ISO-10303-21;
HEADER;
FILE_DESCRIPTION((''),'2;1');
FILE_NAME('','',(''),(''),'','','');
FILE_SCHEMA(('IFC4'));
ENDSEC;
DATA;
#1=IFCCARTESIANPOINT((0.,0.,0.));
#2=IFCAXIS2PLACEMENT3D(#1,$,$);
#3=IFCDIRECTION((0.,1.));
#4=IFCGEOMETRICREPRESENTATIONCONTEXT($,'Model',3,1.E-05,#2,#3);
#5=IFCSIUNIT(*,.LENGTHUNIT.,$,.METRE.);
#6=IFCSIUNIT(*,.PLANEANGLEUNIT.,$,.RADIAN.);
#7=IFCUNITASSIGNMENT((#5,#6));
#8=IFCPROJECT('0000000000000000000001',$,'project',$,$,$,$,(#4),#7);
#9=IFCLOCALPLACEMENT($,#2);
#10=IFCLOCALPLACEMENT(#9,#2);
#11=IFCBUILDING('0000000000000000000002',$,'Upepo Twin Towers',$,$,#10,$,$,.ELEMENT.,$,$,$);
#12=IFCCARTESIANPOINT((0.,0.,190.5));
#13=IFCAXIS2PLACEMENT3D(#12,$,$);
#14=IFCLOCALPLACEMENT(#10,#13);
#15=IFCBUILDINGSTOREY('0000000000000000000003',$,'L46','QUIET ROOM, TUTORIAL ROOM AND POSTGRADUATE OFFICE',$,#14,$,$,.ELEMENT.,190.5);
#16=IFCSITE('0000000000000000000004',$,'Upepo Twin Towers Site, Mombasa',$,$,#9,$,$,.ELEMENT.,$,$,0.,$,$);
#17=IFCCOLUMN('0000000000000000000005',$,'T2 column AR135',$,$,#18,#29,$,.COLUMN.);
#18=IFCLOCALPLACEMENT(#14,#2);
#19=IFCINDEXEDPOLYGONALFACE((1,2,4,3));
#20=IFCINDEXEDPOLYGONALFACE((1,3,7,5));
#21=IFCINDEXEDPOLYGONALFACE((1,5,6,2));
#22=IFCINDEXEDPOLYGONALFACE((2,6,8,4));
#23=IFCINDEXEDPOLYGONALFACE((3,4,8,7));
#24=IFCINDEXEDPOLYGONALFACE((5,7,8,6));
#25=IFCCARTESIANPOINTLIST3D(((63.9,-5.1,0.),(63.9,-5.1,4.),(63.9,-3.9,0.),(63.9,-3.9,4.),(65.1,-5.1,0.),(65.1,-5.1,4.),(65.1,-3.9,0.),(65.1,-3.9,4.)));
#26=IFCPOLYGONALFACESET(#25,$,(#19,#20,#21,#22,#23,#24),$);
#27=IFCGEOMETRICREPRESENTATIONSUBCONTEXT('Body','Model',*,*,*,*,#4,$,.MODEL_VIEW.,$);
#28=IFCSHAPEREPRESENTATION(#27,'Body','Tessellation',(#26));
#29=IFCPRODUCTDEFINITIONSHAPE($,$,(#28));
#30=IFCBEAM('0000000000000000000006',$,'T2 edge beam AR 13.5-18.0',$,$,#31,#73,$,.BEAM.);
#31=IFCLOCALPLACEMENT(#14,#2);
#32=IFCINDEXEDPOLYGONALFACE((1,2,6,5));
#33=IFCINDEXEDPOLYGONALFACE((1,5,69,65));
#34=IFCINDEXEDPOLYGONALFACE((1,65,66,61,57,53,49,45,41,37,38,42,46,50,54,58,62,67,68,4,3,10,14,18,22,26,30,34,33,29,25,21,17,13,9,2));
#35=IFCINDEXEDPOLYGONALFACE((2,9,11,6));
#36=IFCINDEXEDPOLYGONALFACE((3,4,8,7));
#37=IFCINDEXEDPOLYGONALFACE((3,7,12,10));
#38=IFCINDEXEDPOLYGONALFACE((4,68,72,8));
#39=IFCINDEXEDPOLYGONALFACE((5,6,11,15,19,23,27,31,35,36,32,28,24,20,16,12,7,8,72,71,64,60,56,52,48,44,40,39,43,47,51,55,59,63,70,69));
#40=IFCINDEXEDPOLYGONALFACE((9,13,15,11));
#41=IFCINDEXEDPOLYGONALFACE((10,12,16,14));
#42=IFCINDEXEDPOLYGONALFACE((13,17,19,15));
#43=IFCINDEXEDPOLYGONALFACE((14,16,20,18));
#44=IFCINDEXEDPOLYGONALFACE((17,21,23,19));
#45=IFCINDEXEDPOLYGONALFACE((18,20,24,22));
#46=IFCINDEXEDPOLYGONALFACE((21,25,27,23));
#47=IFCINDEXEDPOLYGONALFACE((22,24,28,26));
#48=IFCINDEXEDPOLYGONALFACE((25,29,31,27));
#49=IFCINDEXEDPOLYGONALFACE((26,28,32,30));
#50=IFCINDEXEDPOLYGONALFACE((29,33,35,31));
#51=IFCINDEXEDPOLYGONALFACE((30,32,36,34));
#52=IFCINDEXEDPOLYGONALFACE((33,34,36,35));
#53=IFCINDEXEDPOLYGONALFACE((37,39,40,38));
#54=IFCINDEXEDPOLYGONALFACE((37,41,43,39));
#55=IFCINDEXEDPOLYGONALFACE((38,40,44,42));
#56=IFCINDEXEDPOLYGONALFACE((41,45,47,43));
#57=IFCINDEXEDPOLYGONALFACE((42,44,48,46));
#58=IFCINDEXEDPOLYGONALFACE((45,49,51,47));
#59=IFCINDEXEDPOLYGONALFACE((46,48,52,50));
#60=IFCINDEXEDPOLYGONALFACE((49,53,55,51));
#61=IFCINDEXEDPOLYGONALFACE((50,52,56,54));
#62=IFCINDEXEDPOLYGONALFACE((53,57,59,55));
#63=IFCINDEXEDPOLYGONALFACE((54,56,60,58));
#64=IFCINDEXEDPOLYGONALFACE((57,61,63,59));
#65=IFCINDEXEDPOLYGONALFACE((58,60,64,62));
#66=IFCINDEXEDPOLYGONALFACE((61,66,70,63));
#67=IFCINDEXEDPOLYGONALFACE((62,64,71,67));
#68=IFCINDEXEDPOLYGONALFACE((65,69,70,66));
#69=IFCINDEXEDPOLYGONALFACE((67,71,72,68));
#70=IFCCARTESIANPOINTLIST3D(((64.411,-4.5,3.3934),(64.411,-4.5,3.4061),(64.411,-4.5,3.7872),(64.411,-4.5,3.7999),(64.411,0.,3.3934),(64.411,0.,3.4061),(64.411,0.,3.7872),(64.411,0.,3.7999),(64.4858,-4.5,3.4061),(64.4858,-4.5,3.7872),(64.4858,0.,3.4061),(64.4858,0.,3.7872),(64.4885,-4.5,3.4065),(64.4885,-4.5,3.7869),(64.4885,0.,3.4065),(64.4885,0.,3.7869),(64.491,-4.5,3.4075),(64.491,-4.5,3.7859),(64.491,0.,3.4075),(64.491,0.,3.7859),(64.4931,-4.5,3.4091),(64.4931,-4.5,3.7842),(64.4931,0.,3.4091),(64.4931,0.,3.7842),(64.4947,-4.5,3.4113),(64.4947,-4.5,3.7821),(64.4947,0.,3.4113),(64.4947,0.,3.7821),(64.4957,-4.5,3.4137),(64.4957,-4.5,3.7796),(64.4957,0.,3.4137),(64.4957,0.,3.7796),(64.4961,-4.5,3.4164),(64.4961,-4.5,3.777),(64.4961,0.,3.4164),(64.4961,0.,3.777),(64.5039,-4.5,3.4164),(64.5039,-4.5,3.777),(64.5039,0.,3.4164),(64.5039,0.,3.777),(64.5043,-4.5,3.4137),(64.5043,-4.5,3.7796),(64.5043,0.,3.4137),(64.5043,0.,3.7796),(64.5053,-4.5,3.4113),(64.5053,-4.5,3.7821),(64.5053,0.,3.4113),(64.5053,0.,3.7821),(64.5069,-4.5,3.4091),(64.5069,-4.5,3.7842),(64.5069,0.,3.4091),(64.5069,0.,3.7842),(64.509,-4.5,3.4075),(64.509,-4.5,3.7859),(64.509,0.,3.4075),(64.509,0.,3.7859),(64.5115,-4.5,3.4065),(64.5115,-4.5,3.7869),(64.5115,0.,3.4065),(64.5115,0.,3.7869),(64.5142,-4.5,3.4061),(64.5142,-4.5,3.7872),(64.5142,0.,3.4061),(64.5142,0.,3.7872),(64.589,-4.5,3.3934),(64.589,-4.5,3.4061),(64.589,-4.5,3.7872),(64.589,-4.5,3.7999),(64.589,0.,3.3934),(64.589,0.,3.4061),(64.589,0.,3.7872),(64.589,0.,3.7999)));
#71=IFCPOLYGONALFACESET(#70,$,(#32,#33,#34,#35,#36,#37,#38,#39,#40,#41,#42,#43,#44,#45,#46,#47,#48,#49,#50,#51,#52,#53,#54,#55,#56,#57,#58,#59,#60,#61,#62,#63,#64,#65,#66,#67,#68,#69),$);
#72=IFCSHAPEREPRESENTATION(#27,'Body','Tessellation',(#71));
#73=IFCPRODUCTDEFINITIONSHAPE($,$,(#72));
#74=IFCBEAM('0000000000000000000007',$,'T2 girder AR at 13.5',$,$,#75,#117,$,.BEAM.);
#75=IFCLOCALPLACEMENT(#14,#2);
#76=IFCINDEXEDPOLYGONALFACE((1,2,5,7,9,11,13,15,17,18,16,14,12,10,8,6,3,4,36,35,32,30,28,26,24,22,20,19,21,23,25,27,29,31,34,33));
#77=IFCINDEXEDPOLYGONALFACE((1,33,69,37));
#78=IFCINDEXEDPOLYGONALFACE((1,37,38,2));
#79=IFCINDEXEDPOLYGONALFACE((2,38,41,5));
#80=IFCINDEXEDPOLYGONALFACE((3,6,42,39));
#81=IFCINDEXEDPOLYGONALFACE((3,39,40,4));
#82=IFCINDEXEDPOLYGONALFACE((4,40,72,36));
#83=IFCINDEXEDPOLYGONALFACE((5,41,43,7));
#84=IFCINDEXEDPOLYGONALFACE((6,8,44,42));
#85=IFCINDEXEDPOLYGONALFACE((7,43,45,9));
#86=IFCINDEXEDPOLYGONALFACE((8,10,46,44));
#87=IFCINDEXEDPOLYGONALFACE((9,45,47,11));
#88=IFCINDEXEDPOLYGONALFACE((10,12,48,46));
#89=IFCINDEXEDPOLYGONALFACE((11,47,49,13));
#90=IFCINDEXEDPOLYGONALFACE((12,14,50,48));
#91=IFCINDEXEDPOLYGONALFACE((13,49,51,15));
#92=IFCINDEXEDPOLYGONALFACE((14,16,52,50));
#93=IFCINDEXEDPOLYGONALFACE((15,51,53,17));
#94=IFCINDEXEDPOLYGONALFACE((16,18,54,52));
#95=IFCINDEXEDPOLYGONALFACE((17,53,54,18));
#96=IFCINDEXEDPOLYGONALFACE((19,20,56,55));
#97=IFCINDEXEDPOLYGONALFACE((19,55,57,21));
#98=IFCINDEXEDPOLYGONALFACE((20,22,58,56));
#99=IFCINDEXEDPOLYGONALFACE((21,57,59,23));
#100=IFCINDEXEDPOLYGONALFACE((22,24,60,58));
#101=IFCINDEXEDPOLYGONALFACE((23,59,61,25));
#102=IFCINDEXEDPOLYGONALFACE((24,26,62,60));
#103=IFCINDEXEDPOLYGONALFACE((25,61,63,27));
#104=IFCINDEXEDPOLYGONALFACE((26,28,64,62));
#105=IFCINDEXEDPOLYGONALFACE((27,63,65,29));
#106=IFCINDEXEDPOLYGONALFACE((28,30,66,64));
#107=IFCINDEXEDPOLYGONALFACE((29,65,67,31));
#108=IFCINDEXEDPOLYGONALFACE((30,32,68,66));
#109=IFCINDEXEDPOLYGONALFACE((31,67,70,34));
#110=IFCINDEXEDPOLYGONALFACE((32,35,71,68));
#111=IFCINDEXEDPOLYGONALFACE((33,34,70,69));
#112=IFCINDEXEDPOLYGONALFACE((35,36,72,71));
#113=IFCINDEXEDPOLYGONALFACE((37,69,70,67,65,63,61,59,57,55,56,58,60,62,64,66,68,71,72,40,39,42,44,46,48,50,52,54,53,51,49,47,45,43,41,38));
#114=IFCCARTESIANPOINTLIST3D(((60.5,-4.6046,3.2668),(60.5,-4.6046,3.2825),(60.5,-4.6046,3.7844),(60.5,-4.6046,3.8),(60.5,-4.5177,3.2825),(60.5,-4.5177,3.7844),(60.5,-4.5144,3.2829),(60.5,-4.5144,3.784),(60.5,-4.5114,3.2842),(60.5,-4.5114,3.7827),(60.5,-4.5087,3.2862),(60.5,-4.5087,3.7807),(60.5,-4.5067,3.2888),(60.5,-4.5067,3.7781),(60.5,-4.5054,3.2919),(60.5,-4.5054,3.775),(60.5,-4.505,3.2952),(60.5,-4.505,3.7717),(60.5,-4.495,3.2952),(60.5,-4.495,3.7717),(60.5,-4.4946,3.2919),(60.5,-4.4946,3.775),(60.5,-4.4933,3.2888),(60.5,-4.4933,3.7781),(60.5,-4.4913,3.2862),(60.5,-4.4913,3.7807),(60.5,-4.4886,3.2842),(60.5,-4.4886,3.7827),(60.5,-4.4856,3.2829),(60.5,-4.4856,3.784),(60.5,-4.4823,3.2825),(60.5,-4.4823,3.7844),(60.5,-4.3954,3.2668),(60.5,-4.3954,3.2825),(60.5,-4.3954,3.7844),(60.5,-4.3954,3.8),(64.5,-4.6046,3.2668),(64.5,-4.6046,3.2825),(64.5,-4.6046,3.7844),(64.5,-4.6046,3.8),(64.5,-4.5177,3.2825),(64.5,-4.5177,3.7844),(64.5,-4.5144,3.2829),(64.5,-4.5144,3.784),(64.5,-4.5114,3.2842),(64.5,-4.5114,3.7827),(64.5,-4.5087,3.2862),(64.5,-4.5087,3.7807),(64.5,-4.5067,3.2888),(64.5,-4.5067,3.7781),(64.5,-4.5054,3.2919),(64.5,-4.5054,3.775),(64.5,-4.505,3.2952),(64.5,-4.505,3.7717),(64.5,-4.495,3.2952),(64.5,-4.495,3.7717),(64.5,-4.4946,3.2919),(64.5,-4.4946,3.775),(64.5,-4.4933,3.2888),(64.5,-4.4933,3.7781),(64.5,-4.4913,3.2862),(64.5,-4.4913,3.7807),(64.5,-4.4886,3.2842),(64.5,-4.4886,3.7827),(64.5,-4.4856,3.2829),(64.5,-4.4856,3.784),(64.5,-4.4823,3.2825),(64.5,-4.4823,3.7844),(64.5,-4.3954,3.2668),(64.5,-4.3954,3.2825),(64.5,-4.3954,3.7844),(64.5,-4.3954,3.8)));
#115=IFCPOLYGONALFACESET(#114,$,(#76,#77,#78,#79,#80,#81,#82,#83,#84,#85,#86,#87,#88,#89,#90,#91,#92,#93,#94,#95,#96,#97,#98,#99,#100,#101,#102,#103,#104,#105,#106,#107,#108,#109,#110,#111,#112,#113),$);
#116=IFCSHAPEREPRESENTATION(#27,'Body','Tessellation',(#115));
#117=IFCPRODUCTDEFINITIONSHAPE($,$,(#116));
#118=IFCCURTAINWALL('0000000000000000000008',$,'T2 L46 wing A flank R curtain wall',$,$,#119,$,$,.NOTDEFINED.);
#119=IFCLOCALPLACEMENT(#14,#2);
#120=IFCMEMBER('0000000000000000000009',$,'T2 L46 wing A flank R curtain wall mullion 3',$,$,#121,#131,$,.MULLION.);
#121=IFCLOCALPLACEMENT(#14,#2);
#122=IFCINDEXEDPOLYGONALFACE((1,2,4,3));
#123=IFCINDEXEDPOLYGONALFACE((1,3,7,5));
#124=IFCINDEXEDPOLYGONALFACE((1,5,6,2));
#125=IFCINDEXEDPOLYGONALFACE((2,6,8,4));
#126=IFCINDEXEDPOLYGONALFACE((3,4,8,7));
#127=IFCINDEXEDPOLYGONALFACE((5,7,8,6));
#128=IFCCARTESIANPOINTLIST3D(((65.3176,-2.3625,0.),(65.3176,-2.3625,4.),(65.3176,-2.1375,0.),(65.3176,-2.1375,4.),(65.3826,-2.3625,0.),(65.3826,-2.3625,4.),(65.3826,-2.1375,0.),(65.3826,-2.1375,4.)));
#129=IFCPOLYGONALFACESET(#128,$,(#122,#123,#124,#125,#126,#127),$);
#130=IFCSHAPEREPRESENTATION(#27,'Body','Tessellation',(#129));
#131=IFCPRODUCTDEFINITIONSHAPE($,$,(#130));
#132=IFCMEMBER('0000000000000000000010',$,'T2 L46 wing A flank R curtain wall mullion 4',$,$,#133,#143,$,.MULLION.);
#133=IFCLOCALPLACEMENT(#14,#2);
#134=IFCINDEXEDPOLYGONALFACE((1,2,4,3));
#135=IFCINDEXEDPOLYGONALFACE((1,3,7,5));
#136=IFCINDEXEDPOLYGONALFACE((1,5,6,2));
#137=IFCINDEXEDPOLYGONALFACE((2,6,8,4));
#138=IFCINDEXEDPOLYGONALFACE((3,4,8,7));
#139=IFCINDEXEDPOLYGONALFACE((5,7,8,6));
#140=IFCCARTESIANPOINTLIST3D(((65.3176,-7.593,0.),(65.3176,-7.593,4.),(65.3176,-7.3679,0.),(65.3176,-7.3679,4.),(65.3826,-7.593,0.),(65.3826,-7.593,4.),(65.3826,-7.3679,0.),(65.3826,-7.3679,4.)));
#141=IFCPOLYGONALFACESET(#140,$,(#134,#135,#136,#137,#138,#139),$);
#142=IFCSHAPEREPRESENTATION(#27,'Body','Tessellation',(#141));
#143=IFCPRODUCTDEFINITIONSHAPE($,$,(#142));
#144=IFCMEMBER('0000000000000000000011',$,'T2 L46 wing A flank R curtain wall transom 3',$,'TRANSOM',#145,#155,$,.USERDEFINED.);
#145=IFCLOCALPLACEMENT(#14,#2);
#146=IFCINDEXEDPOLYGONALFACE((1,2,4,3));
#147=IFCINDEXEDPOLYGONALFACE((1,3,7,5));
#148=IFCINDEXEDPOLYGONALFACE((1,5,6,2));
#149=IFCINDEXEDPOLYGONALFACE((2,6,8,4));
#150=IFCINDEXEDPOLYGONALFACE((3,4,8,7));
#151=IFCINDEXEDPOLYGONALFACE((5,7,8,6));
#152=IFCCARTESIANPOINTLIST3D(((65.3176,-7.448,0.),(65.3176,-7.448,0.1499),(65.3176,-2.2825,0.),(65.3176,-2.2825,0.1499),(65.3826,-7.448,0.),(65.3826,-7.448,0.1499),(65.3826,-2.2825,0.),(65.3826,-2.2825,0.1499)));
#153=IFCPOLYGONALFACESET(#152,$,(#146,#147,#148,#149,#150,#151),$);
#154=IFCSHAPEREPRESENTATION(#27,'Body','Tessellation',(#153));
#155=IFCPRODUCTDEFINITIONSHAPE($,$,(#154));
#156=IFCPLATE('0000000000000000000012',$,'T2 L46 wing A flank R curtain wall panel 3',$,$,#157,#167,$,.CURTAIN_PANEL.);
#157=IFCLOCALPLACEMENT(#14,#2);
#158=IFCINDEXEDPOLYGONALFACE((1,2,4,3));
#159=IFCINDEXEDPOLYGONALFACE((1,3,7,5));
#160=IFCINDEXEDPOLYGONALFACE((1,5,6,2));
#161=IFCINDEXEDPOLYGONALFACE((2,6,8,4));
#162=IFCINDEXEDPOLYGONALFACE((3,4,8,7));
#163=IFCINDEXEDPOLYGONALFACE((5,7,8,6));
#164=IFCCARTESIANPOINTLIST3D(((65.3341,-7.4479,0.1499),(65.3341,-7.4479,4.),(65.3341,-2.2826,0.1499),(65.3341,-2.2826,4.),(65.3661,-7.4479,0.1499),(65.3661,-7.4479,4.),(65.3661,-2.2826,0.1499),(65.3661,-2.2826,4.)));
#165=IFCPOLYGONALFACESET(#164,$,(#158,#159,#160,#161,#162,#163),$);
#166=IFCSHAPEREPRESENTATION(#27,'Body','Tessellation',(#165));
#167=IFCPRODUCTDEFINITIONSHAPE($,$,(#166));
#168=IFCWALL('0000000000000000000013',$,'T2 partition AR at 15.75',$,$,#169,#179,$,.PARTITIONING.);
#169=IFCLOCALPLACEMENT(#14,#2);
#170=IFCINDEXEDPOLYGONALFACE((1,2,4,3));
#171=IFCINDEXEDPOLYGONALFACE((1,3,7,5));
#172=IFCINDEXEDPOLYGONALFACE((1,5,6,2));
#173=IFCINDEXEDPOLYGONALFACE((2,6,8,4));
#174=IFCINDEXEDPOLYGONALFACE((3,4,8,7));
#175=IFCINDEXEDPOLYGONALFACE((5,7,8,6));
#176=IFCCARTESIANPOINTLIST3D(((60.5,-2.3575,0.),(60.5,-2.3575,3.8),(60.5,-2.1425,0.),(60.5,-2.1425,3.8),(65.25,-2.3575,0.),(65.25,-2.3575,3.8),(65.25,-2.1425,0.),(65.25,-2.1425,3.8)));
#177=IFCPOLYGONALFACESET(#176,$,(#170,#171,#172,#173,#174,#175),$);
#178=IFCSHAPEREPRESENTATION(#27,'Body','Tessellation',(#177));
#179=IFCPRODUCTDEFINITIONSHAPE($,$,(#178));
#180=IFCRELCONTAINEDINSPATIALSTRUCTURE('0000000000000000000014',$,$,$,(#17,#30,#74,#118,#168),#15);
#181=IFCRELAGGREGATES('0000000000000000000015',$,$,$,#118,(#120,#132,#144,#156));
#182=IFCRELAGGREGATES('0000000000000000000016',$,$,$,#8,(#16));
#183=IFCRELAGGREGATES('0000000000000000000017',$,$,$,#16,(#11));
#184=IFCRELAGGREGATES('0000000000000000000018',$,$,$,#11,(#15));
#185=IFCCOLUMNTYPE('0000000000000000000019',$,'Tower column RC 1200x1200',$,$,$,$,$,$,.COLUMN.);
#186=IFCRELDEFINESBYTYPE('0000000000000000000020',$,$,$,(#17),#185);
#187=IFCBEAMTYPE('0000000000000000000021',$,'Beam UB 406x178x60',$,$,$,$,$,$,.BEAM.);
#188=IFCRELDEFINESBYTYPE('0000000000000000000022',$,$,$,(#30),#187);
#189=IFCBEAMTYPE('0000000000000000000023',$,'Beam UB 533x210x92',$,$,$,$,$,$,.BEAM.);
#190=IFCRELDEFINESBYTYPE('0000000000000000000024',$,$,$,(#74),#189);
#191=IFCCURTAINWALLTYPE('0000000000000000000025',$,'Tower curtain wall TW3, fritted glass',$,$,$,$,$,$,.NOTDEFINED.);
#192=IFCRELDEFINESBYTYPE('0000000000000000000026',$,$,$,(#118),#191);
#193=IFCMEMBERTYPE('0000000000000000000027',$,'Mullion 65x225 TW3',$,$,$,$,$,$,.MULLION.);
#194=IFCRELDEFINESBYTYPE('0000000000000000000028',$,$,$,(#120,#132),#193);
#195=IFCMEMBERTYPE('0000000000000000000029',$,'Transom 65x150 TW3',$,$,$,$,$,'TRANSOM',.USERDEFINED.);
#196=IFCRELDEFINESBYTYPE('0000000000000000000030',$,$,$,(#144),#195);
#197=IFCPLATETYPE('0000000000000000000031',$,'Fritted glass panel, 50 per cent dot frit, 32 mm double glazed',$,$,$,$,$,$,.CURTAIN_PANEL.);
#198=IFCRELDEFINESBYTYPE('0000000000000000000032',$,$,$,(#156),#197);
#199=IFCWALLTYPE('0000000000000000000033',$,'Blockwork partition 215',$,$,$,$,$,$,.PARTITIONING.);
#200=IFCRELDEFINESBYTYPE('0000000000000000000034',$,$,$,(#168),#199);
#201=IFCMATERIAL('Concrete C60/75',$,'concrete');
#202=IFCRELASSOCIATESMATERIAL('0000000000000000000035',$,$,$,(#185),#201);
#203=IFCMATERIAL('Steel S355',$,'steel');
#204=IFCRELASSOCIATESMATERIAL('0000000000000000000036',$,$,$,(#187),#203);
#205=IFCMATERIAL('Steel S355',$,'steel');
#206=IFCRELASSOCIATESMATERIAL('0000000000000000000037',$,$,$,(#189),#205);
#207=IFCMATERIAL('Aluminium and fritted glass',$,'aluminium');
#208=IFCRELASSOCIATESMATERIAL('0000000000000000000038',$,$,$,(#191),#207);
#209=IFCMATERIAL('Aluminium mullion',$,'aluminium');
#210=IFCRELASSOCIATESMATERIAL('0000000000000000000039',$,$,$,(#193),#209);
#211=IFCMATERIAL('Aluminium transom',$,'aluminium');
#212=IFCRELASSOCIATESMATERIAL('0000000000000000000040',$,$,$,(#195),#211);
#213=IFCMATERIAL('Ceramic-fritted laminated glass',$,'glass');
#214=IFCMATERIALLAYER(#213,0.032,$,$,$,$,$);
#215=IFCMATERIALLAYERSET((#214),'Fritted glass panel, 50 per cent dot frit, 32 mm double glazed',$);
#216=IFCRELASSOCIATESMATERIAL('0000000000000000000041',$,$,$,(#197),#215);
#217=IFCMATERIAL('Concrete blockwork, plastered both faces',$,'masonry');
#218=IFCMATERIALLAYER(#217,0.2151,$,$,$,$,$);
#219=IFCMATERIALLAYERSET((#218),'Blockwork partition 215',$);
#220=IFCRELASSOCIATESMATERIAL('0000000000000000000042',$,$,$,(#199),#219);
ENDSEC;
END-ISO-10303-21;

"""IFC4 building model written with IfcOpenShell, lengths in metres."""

from ifc_helpers import new_model, si_unit, direction, frame, frame_2d, origin, origin_2d, place, context, subcontext, project, spatial, rectangle, i_section, extrude, material, layer, layer_set, material_profile, profile_set, type_object, element, aggregate, save


model = new_model("IFC4")

# Units and contexts
model_context = context("Model", 3, precision=1e-05, world=origin(), true_north=direction((0.0, 1.0)))
body_context = subcontext(model_context, "Body", "Model", "MODEL_VIEW")
ifc_project = project(units=[si_unit("LENGTHUNIT", "METRE"), si_unit("PLANEANGLEUNIT", "RADIAN")], contexts=[model_context])

# Site, building, storey
site_placement = place(None, origin())
site = spatial("IfcSite", under=ifc_project, at=site_placement, Name="Upepo Twin Towers Site, Mombasa", CompositionType="ELEMENT", RefElevation=0.0)
building_placement = place(site_placement, origin())
building = spatial("IfcBuilding", under=site, at=building_placement, Name="Upepo Twin Towers", CompositionType="ELEMENT")
storey_placement = place(building_placement, frame((0.0, 0.0, 190.5)))
storey = spatial("IfcBuildingStorey", under=building, at=storey_placement, Name="L46", Description="QUIET ROOM, TUTORIAL ROOM AND POSTGRADUATE OFFICE", CompositionType="ELEMENT", Elevation=190.5)

# Column
ifc_material_1 = material(Name="Concrete C60/75", Category="concrete")
ifc_material_profile_1 = material_profile(ifc_material_1, rectangle(XDim=1.2, YDim=1.2, at=origin_2d()), Name="RC 1200x1200")
ifc_profile_set_1 = profile_set([ifc_material_profile_1], Name="Concrete C60/75")
column_type = type_object("IfcColumnType", Name="Tower column RC 1200x1200", PredefinedType="COLUMN", material=ifc_profile_set_1)
column_placement = place(storey_placement, frame((64.5, -4.5, 0.0), z_axis=(0.0, 0.0, 1.0), x_axis=(1.0, 0.0, 0.0)))
element("IfcColumn", 1, at=column_placement, inside=storey, type_object=column_type, Name="T2 column AR135", PredefinedType="COLUMN", context=body_context, shape_type="SweptSolid", body=[
    extrude(rectangle(XDim=1.2, YDim=1.2, at=origin_2d()), origin(), (0.0, 0.0, 1.0), 4.0),
])

# Beams
ifc_material_2 = material(Name="Steel S355", Category="steel")
ifc_material_profile_2 = material_profile(ifc_material_2, i_section(OverallWidth=0.178, OverallDepth=0.4065, WebThickness=0.0078, FlangeThickness=0.0127, FilletRadius=0.0103, at=origin_2d()), Name="UB 406x178x60")
ifc_profile_set_2 = profile_set([ifc_material_profile_2], Name="Steel S355")
beam_type_1 = type_object("IfcBeamType", Name="Beam UB 406x178x60", PredefinedType="BEAM", material=ifc_profile_set_2)
beam_1_placement = place(storey_placement, frame((64.5, -4.5, 3.5967), z_axis=(0.0, 1.0, 0.0), x_axis=(-1.0, 0.0, 0.0)))
element("IfcBeam", 2, at=beam_1_placement, inside=storey, type_object=beam_type_1, Name="T2 edge beam AR 13.5-18.0", PredefinedType="BEAM", context=body_context, shape_type="SweptSolid", body=[
    extrude(i_section(OverallWidth=0.178, OverallDepth=0.4065, WebThickness=0.0078, FlangeThickness=0.0127, FilletRadius=0.0103, at=origin_2d()), origin(), (0.0, 0.0, 1.0), 4.5),
])
ifc_material_3 = material(Name="Steel S355", Category="steel")
ifc_material_profile_3 = material_profile(ifc_material_3, i_section(OverallWidth=0.2092, OverallDepth=0.5332, WebThickness=0.01, FlangeThickness=0.0156, FilletRadius=0.0127, at=origin_2d()), Name="UB 533x210x92")
ifc_profile_set_3 = profile_set([ifc_material_profile_3], Name="Steel S355")
beam_type_2 = type_object("IfcBeamType", Name="Beam UB 533x210x92", PredefinedType="BEAM", material=ifc_profile_set_3)
beam_2_placement = place(storey_placement, frame((64.5, -4.5, 3.5334), z_axis=(-1.0, 0.0, 0.0), x_axis=(0.0, -1.0, 0.0)))
element("IfcBeam", 3, at=beam_2_placement, inside=storey, type_object=beam_type_2, Name="T2 girder AR at 13.5", PredefinedType="BEAM", context=body_context, shape_type="SweptSolid", body=[
    extrude(i_section(OverallWidth=0.2092, OverallDepth=0.5332, WebThickness=0.01, FlangeThickness=0.0156, FilletRadius=0.0127, at=origin_2d()), origin(), (0.0, 0.0, 1.0), 4.0),
])

# Curtain wall, members, plate
ifc_material_4 = material(Name="Aluminium and fritted glass", Category="aluminium")
curtain_wall_type = type_object("IfcCurtainWallType", Name="Tower curtain wall TW3, fritted glass", PredefinedType="NOTDEFINED", material=ifc_material_4)
curtain_wall_placement = place(storey_placement, origin())
curtain_wall = element("IfcCurtainWall", 4, at=curtain_wall_placement, inside=storey, type_object=curtain_wall_type, Name="T2 L46 wing A flank R curtain wall", PredefinedType="NOTDEFINED")
ifc_material_5 = material(Name="Aluminium mullion", Category="aluminium")
ifc_material_profile_4 = material_profile(ifc_material_5, rectangle(XDim=0.0649, YDim=0.2251, at=origin_2d()), Name="MULLION 65x225")
ifc_profile_set_4 = profile_set([ifc_material_profile_4], Name="Aluminium mullion")
member_type_1 = type_object("IfcMemberType", Name="Mullion 65x225 TW3", PredefinedType="MULLION", material=ifc_profile_set_4)
member_1_placement = place(storey_placement, frame((65.3501, -2.25, 0.0), z_axis=(0.0, 0.0, 1.0), x_axis=(1.0, 0.0, 0.0)))
member_1 = element("IfcMember", 5, at=member_1_placement, type_object=member_type_1, Name="T2 L46 wing A flank R curtain wall mullion 3", PredefinedType="MULLION", context=body_context, shape_type="SweptSolid", body=[
    extrude(rectangle(XDim=0.0649, YDim=0.2251, at=origin_2d()), origin(), (0.0, 0.0, 1.0), 4.0),
])
member_2_placement = place(storey_placement, frame((65.3501, -7.4805, 0.0), z_axis=(0.0, 0.0, 1.0), x_axis=(1.0, 0.0, 0.0)))
member_2 = element("IfcMember", 6, at=member_2_placement, type_object=member_type_1, Name="T2 L46 wing A flank R curtain wall mullion 4", PredefinedType="MULLION", context=body_context, shape_type="SweptSolid", body=[
    extrude(rectangle(XDim=0.0649, YDim=0.2251, at=origin_2d()), origin(), (0.0, 0.0, 1.0), 4.0),
])
ifc_material_6 = material(Name="Aluminium transom", Category="aluminium")
ifc_material_profile_5 = material_profile(ifc_material_6, rectangle(XDim=0.0649, YDim=0.1499, at=origin_2d()), Name="TRANSOM 65x150")
ifc_profile_set_5 = profile_set([ifc_material_profile_5], Name="Aluminium transom")
member_type_2 = type_object("IfcMemberType", Name="Transom 65x150 TW3", ElementType="TRANSOM", PredefinedType="USERDEFINED", material=ifc_profile_set_5)
member_3_placement = place(storey_placement, frame((65.3501, -2.2825, 0.075), z_axis=(0.0, -1.0, 0.0), x_axis=(1.0, 0.0, 0.0)))
member_3 = element("IfcMember", 7, at=member_3_placement, type_object=member_type_2, Name="T2 L46 wing A flank R curtain wall transom 3", ObjectType="TRANSOM", PredefinedType="USERDEFINED", context=body_context, shape_type="SweptSolid", body=[
    extrude(rectangle(XDim=0.0649, YDim=0.1499, at=origin_2d()), origin(), (0.0, 0.0, 1.0), 5.1655),
])
ifc_material_7 = material(Name="Ceramic-fritted laminated glass", Category="glass")
ifc_layer_1 = layer(ifc_material_7, 0.032)
ifc_layer_set_1 = layer_set([ifc_layer_1], Name="Fritted glass panel, 50 per cent dot frit, 32 mm double glazed")
plate_type = type_object("IfcPlateType", Name="Fritted glass panel, 50 per cent dot frit, 32 mm double glazed", PredefinedType="CURTAIN_PANEL", material=ifc_layer_set_1)
plate_placement = place(storey_placement, frame((65.3501, -4.8652, 0.1499), z_axis=(0.0, 0.0, 1.0), x_axis=(0.0, -1.0, 0.0)))
plate = element("IfcPlate", 8, at=plate_placement, type_object=plate_type, Name="T2 L46 wing A flank R curtain wall panel 3", PredefinedType="CURTAIN_PANEL", context=body_context, shape_type="SweptSolid", body=[
    extrude(rectangle(XDim=5.1653, YDim=0.032, at=origin_2d()), origin(), (0.0, 0.0, 1.0), 3.8501),
])
aggregate(curtain_wall, [member_1, member_2, member_3, plate])

# Wall
ifc_material_8 = material(Name="Concrete blockwork, plastered both faces", Category="masonry")
ifc_layer_2 = layer(ifc_material_8, 0.2151)
ifc_layer_set_2 = layer_set([ifc_layer_2], Name="Blockwork partition 215")
wall_type_1 = type_object("IfcWallType", Name="Blockwork partition 215", PredefinedType="PARTITIONING", material=ifc_layer_set_2)
wall_1_placement = place(storey_placement, frame((60.5, -2.25, 0.0), z_axis=(0.0, 0.0, 1.0), x_axis=(1.0, 0.0, 0.0)))
element("IfcWall", 9, at=wall_1_placement, inside=storey, type_object=wall_type_1, Name="T2 partition AR at 15.75", PredefinedType="PARTITIONING", context=body_context, shape_type="SweptSolid", body=[
    extrude(rectangle(XDim=4.75, YDim=0.2151, at=frame_2d((2.375, 0.0))), origin(), (0.0, 0.0, 1.0), 3.8),
])

save(model, "model.ifc")
